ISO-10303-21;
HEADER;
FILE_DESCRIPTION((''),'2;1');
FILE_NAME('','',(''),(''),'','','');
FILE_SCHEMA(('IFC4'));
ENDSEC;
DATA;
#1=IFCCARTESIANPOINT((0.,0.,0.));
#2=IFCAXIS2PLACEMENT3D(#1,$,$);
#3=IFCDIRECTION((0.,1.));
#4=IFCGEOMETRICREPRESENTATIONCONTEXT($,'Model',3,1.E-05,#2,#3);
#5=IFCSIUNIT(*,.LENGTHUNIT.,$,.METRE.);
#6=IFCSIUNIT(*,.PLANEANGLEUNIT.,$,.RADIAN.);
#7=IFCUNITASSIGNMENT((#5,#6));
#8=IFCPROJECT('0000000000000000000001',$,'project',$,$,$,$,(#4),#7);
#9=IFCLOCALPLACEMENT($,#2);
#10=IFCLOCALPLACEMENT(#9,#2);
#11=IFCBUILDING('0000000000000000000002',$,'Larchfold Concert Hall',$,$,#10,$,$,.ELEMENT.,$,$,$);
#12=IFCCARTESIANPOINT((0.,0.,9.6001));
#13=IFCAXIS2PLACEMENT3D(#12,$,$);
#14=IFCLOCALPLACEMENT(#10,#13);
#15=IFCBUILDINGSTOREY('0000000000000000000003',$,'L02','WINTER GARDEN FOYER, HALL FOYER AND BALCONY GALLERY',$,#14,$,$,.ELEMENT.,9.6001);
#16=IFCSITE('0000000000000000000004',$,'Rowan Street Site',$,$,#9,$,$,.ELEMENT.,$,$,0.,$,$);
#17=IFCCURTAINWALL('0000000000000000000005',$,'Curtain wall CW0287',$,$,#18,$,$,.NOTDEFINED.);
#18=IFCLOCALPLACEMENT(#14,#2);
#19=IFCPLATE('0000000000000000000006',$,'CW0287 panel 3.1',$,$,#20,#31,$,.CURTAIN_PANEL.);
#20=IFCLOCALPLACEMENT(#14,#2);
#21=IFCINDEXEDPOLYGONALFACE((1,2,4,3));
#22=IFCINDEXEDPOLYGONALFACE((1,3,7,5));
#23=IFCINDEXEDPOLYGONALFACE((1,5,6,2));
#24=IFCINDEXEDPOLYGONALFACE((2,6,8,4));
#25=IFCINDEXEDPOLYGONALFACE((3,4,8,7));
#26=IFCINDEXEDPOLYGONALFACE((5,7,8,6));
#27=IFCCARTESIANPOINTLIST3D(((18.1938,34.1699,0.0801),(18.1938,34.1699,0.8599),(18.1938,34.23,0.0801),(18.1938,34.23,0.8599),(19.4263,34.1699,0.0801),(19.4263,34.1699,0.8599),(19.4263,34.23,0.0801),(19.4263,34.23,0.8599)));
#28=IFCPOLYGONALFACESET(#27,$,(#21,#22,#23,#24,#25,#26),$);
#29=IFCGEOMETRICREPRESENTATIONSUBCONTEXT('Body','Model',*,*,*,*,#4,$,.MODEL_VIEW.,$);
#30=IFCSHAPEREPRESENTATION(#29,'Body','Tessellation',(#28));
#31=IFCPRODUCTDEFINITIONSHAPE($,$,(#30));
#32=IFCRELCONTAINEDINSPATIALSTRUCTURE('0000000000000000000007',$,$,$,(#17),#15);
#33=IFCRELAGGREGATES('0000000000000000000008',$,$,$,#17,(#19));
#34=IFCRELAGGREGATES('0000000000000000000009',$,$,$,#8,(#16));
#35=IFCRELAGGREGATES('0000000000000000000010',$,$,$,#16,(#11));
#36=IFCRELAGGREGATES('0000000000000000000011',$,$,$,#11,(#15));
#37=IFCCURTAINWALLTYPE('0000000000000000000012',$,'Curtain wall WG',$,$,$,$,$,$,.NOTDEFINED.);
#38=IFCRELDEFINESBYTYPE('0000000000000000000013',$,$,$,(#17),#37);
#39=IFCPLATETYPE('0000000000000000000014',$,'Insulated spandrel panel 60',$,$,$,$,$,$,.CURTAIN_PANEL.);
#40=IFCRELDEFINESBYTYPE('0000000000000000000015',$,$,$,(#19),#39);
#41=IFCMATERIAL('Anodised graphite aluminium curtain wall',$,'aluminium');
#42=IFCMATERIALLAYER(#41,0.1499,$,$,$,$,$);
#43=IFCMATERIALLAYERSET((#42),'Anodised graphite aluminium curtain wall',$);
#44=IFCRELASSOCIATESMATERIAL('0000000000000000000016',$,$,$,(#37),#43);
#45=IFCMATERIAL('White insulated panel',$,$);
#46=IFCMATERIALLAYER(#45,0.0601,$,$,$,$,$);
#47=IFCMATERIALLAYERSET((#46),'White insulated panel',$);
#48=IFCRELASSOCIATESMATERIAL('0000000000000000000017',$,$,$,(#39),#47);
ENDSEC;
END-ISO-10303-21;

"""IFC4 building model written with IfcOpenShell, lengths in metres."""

from ifc_helpers import new_model, si_unit, direction, frame, origin, origin_2d, place, context, subcontext, project, spatial, rectangle, extrude, material, layer, layer_set, type_object, element, aggregate, save


model = new_model("IFC4")

# Units and contexts
model_context = context("Model", 3, precision=1e-05, world=origin(), true_north=direction((0.0, 1.0)))
body_context = subcontext(model_context, "Body", "Model", "MODEL_VIEW")
ifc_project = project(units=[si_unit("LENGTHUNIT", "METRE"), si_unit("PLANEANGLEUNIT", "RADIAN")], contexts=[model_context])

# Site, building, storey
site_placement = place(None, origin())
site = spatial("IfcSite", under=ifc_project, at=site_placement, Name="Rowan Street Site", CompositionType="ELEMENT", RefElevation=0.0)
building_placement = place(site_placement, origin())
building = spatial("IfcBuilding", under=site, at=building_placement, Name="Larchfold Concert Hall", CompositionType="ELEMENT")
storey_placement = place(building_placement, frame((0.0, 0.0, 9.6001)))
storey = spatial("IfcBuildingStorey", under=building, at=storey_placement, Name="L02", Description="WINTER GARDEN FOYER, HALL FOYER AND BALCONY GALLERY", CompositionType="ELEMENT", Elevation=9.6001)

# Curtain wall
ifc_material_1 = material(Name="Anodised graphite aluminium curtain wall", Category="aluminium")
ifc_layer_1 = layer(ifc_material_1, 0.1499)
ifc_layer_set_1 = layer_set([ifc_layer_1], Name="Anodised graphite aluminium curtain wall")
curtain_wall_type = type_object("IfcCurtainWallType", Name="Curtain wall WG", PredefinedType="NOTDEFINED", material=ifc_layer_set_1)
curtain_wall_placement = place(storey_placement, origin())
curtain_wall = element("IfcCurtainWall", 1, at=curtain_wall_placement, inside=storey, type_object=curtain_wall_type, Name="Curtain wall CW0287", PredefinedType="NOTDEFINED")

# Plate
ifc_material_2 = material(Name="White insulated panel")
ifc_layer_2 = layer(ifc_material_2, 0.0601)
ifc_layer_set_2 = layer_set([ifc_layer_2], Name="White insulated panel")
plate_type_1 = type_object("IfcPlateType", Name="Insulated spandrel panel 60", PredefinedType="CURTAIN_PANEL", material=ifc_layer_set_2)
plate_1_placement = place(storey_placement, frame((18.8101, 34.2, 0.0801), z_axis=(0.0, 0.0, 1.0), x_axis=(1.0, 0.0, 0.0)))
plate_1 = element("IfcPlate", 2, at=plate_1_placement, type_object=plate_type_1, Name="CW0287 panel 3.1", PredefinedType="CURTAIN_PANEL", context=body_context, shape_type="SweptSolid", body=[
    extrude(rectangle(XDim=1.2324, YDim=0.0601, at=origin_2d()), origin(), (0.0, 0.0, 1.0), 0.7798),
])
aggregate(curtain_wall, [plate_1])

save(model, "model.ifc")
